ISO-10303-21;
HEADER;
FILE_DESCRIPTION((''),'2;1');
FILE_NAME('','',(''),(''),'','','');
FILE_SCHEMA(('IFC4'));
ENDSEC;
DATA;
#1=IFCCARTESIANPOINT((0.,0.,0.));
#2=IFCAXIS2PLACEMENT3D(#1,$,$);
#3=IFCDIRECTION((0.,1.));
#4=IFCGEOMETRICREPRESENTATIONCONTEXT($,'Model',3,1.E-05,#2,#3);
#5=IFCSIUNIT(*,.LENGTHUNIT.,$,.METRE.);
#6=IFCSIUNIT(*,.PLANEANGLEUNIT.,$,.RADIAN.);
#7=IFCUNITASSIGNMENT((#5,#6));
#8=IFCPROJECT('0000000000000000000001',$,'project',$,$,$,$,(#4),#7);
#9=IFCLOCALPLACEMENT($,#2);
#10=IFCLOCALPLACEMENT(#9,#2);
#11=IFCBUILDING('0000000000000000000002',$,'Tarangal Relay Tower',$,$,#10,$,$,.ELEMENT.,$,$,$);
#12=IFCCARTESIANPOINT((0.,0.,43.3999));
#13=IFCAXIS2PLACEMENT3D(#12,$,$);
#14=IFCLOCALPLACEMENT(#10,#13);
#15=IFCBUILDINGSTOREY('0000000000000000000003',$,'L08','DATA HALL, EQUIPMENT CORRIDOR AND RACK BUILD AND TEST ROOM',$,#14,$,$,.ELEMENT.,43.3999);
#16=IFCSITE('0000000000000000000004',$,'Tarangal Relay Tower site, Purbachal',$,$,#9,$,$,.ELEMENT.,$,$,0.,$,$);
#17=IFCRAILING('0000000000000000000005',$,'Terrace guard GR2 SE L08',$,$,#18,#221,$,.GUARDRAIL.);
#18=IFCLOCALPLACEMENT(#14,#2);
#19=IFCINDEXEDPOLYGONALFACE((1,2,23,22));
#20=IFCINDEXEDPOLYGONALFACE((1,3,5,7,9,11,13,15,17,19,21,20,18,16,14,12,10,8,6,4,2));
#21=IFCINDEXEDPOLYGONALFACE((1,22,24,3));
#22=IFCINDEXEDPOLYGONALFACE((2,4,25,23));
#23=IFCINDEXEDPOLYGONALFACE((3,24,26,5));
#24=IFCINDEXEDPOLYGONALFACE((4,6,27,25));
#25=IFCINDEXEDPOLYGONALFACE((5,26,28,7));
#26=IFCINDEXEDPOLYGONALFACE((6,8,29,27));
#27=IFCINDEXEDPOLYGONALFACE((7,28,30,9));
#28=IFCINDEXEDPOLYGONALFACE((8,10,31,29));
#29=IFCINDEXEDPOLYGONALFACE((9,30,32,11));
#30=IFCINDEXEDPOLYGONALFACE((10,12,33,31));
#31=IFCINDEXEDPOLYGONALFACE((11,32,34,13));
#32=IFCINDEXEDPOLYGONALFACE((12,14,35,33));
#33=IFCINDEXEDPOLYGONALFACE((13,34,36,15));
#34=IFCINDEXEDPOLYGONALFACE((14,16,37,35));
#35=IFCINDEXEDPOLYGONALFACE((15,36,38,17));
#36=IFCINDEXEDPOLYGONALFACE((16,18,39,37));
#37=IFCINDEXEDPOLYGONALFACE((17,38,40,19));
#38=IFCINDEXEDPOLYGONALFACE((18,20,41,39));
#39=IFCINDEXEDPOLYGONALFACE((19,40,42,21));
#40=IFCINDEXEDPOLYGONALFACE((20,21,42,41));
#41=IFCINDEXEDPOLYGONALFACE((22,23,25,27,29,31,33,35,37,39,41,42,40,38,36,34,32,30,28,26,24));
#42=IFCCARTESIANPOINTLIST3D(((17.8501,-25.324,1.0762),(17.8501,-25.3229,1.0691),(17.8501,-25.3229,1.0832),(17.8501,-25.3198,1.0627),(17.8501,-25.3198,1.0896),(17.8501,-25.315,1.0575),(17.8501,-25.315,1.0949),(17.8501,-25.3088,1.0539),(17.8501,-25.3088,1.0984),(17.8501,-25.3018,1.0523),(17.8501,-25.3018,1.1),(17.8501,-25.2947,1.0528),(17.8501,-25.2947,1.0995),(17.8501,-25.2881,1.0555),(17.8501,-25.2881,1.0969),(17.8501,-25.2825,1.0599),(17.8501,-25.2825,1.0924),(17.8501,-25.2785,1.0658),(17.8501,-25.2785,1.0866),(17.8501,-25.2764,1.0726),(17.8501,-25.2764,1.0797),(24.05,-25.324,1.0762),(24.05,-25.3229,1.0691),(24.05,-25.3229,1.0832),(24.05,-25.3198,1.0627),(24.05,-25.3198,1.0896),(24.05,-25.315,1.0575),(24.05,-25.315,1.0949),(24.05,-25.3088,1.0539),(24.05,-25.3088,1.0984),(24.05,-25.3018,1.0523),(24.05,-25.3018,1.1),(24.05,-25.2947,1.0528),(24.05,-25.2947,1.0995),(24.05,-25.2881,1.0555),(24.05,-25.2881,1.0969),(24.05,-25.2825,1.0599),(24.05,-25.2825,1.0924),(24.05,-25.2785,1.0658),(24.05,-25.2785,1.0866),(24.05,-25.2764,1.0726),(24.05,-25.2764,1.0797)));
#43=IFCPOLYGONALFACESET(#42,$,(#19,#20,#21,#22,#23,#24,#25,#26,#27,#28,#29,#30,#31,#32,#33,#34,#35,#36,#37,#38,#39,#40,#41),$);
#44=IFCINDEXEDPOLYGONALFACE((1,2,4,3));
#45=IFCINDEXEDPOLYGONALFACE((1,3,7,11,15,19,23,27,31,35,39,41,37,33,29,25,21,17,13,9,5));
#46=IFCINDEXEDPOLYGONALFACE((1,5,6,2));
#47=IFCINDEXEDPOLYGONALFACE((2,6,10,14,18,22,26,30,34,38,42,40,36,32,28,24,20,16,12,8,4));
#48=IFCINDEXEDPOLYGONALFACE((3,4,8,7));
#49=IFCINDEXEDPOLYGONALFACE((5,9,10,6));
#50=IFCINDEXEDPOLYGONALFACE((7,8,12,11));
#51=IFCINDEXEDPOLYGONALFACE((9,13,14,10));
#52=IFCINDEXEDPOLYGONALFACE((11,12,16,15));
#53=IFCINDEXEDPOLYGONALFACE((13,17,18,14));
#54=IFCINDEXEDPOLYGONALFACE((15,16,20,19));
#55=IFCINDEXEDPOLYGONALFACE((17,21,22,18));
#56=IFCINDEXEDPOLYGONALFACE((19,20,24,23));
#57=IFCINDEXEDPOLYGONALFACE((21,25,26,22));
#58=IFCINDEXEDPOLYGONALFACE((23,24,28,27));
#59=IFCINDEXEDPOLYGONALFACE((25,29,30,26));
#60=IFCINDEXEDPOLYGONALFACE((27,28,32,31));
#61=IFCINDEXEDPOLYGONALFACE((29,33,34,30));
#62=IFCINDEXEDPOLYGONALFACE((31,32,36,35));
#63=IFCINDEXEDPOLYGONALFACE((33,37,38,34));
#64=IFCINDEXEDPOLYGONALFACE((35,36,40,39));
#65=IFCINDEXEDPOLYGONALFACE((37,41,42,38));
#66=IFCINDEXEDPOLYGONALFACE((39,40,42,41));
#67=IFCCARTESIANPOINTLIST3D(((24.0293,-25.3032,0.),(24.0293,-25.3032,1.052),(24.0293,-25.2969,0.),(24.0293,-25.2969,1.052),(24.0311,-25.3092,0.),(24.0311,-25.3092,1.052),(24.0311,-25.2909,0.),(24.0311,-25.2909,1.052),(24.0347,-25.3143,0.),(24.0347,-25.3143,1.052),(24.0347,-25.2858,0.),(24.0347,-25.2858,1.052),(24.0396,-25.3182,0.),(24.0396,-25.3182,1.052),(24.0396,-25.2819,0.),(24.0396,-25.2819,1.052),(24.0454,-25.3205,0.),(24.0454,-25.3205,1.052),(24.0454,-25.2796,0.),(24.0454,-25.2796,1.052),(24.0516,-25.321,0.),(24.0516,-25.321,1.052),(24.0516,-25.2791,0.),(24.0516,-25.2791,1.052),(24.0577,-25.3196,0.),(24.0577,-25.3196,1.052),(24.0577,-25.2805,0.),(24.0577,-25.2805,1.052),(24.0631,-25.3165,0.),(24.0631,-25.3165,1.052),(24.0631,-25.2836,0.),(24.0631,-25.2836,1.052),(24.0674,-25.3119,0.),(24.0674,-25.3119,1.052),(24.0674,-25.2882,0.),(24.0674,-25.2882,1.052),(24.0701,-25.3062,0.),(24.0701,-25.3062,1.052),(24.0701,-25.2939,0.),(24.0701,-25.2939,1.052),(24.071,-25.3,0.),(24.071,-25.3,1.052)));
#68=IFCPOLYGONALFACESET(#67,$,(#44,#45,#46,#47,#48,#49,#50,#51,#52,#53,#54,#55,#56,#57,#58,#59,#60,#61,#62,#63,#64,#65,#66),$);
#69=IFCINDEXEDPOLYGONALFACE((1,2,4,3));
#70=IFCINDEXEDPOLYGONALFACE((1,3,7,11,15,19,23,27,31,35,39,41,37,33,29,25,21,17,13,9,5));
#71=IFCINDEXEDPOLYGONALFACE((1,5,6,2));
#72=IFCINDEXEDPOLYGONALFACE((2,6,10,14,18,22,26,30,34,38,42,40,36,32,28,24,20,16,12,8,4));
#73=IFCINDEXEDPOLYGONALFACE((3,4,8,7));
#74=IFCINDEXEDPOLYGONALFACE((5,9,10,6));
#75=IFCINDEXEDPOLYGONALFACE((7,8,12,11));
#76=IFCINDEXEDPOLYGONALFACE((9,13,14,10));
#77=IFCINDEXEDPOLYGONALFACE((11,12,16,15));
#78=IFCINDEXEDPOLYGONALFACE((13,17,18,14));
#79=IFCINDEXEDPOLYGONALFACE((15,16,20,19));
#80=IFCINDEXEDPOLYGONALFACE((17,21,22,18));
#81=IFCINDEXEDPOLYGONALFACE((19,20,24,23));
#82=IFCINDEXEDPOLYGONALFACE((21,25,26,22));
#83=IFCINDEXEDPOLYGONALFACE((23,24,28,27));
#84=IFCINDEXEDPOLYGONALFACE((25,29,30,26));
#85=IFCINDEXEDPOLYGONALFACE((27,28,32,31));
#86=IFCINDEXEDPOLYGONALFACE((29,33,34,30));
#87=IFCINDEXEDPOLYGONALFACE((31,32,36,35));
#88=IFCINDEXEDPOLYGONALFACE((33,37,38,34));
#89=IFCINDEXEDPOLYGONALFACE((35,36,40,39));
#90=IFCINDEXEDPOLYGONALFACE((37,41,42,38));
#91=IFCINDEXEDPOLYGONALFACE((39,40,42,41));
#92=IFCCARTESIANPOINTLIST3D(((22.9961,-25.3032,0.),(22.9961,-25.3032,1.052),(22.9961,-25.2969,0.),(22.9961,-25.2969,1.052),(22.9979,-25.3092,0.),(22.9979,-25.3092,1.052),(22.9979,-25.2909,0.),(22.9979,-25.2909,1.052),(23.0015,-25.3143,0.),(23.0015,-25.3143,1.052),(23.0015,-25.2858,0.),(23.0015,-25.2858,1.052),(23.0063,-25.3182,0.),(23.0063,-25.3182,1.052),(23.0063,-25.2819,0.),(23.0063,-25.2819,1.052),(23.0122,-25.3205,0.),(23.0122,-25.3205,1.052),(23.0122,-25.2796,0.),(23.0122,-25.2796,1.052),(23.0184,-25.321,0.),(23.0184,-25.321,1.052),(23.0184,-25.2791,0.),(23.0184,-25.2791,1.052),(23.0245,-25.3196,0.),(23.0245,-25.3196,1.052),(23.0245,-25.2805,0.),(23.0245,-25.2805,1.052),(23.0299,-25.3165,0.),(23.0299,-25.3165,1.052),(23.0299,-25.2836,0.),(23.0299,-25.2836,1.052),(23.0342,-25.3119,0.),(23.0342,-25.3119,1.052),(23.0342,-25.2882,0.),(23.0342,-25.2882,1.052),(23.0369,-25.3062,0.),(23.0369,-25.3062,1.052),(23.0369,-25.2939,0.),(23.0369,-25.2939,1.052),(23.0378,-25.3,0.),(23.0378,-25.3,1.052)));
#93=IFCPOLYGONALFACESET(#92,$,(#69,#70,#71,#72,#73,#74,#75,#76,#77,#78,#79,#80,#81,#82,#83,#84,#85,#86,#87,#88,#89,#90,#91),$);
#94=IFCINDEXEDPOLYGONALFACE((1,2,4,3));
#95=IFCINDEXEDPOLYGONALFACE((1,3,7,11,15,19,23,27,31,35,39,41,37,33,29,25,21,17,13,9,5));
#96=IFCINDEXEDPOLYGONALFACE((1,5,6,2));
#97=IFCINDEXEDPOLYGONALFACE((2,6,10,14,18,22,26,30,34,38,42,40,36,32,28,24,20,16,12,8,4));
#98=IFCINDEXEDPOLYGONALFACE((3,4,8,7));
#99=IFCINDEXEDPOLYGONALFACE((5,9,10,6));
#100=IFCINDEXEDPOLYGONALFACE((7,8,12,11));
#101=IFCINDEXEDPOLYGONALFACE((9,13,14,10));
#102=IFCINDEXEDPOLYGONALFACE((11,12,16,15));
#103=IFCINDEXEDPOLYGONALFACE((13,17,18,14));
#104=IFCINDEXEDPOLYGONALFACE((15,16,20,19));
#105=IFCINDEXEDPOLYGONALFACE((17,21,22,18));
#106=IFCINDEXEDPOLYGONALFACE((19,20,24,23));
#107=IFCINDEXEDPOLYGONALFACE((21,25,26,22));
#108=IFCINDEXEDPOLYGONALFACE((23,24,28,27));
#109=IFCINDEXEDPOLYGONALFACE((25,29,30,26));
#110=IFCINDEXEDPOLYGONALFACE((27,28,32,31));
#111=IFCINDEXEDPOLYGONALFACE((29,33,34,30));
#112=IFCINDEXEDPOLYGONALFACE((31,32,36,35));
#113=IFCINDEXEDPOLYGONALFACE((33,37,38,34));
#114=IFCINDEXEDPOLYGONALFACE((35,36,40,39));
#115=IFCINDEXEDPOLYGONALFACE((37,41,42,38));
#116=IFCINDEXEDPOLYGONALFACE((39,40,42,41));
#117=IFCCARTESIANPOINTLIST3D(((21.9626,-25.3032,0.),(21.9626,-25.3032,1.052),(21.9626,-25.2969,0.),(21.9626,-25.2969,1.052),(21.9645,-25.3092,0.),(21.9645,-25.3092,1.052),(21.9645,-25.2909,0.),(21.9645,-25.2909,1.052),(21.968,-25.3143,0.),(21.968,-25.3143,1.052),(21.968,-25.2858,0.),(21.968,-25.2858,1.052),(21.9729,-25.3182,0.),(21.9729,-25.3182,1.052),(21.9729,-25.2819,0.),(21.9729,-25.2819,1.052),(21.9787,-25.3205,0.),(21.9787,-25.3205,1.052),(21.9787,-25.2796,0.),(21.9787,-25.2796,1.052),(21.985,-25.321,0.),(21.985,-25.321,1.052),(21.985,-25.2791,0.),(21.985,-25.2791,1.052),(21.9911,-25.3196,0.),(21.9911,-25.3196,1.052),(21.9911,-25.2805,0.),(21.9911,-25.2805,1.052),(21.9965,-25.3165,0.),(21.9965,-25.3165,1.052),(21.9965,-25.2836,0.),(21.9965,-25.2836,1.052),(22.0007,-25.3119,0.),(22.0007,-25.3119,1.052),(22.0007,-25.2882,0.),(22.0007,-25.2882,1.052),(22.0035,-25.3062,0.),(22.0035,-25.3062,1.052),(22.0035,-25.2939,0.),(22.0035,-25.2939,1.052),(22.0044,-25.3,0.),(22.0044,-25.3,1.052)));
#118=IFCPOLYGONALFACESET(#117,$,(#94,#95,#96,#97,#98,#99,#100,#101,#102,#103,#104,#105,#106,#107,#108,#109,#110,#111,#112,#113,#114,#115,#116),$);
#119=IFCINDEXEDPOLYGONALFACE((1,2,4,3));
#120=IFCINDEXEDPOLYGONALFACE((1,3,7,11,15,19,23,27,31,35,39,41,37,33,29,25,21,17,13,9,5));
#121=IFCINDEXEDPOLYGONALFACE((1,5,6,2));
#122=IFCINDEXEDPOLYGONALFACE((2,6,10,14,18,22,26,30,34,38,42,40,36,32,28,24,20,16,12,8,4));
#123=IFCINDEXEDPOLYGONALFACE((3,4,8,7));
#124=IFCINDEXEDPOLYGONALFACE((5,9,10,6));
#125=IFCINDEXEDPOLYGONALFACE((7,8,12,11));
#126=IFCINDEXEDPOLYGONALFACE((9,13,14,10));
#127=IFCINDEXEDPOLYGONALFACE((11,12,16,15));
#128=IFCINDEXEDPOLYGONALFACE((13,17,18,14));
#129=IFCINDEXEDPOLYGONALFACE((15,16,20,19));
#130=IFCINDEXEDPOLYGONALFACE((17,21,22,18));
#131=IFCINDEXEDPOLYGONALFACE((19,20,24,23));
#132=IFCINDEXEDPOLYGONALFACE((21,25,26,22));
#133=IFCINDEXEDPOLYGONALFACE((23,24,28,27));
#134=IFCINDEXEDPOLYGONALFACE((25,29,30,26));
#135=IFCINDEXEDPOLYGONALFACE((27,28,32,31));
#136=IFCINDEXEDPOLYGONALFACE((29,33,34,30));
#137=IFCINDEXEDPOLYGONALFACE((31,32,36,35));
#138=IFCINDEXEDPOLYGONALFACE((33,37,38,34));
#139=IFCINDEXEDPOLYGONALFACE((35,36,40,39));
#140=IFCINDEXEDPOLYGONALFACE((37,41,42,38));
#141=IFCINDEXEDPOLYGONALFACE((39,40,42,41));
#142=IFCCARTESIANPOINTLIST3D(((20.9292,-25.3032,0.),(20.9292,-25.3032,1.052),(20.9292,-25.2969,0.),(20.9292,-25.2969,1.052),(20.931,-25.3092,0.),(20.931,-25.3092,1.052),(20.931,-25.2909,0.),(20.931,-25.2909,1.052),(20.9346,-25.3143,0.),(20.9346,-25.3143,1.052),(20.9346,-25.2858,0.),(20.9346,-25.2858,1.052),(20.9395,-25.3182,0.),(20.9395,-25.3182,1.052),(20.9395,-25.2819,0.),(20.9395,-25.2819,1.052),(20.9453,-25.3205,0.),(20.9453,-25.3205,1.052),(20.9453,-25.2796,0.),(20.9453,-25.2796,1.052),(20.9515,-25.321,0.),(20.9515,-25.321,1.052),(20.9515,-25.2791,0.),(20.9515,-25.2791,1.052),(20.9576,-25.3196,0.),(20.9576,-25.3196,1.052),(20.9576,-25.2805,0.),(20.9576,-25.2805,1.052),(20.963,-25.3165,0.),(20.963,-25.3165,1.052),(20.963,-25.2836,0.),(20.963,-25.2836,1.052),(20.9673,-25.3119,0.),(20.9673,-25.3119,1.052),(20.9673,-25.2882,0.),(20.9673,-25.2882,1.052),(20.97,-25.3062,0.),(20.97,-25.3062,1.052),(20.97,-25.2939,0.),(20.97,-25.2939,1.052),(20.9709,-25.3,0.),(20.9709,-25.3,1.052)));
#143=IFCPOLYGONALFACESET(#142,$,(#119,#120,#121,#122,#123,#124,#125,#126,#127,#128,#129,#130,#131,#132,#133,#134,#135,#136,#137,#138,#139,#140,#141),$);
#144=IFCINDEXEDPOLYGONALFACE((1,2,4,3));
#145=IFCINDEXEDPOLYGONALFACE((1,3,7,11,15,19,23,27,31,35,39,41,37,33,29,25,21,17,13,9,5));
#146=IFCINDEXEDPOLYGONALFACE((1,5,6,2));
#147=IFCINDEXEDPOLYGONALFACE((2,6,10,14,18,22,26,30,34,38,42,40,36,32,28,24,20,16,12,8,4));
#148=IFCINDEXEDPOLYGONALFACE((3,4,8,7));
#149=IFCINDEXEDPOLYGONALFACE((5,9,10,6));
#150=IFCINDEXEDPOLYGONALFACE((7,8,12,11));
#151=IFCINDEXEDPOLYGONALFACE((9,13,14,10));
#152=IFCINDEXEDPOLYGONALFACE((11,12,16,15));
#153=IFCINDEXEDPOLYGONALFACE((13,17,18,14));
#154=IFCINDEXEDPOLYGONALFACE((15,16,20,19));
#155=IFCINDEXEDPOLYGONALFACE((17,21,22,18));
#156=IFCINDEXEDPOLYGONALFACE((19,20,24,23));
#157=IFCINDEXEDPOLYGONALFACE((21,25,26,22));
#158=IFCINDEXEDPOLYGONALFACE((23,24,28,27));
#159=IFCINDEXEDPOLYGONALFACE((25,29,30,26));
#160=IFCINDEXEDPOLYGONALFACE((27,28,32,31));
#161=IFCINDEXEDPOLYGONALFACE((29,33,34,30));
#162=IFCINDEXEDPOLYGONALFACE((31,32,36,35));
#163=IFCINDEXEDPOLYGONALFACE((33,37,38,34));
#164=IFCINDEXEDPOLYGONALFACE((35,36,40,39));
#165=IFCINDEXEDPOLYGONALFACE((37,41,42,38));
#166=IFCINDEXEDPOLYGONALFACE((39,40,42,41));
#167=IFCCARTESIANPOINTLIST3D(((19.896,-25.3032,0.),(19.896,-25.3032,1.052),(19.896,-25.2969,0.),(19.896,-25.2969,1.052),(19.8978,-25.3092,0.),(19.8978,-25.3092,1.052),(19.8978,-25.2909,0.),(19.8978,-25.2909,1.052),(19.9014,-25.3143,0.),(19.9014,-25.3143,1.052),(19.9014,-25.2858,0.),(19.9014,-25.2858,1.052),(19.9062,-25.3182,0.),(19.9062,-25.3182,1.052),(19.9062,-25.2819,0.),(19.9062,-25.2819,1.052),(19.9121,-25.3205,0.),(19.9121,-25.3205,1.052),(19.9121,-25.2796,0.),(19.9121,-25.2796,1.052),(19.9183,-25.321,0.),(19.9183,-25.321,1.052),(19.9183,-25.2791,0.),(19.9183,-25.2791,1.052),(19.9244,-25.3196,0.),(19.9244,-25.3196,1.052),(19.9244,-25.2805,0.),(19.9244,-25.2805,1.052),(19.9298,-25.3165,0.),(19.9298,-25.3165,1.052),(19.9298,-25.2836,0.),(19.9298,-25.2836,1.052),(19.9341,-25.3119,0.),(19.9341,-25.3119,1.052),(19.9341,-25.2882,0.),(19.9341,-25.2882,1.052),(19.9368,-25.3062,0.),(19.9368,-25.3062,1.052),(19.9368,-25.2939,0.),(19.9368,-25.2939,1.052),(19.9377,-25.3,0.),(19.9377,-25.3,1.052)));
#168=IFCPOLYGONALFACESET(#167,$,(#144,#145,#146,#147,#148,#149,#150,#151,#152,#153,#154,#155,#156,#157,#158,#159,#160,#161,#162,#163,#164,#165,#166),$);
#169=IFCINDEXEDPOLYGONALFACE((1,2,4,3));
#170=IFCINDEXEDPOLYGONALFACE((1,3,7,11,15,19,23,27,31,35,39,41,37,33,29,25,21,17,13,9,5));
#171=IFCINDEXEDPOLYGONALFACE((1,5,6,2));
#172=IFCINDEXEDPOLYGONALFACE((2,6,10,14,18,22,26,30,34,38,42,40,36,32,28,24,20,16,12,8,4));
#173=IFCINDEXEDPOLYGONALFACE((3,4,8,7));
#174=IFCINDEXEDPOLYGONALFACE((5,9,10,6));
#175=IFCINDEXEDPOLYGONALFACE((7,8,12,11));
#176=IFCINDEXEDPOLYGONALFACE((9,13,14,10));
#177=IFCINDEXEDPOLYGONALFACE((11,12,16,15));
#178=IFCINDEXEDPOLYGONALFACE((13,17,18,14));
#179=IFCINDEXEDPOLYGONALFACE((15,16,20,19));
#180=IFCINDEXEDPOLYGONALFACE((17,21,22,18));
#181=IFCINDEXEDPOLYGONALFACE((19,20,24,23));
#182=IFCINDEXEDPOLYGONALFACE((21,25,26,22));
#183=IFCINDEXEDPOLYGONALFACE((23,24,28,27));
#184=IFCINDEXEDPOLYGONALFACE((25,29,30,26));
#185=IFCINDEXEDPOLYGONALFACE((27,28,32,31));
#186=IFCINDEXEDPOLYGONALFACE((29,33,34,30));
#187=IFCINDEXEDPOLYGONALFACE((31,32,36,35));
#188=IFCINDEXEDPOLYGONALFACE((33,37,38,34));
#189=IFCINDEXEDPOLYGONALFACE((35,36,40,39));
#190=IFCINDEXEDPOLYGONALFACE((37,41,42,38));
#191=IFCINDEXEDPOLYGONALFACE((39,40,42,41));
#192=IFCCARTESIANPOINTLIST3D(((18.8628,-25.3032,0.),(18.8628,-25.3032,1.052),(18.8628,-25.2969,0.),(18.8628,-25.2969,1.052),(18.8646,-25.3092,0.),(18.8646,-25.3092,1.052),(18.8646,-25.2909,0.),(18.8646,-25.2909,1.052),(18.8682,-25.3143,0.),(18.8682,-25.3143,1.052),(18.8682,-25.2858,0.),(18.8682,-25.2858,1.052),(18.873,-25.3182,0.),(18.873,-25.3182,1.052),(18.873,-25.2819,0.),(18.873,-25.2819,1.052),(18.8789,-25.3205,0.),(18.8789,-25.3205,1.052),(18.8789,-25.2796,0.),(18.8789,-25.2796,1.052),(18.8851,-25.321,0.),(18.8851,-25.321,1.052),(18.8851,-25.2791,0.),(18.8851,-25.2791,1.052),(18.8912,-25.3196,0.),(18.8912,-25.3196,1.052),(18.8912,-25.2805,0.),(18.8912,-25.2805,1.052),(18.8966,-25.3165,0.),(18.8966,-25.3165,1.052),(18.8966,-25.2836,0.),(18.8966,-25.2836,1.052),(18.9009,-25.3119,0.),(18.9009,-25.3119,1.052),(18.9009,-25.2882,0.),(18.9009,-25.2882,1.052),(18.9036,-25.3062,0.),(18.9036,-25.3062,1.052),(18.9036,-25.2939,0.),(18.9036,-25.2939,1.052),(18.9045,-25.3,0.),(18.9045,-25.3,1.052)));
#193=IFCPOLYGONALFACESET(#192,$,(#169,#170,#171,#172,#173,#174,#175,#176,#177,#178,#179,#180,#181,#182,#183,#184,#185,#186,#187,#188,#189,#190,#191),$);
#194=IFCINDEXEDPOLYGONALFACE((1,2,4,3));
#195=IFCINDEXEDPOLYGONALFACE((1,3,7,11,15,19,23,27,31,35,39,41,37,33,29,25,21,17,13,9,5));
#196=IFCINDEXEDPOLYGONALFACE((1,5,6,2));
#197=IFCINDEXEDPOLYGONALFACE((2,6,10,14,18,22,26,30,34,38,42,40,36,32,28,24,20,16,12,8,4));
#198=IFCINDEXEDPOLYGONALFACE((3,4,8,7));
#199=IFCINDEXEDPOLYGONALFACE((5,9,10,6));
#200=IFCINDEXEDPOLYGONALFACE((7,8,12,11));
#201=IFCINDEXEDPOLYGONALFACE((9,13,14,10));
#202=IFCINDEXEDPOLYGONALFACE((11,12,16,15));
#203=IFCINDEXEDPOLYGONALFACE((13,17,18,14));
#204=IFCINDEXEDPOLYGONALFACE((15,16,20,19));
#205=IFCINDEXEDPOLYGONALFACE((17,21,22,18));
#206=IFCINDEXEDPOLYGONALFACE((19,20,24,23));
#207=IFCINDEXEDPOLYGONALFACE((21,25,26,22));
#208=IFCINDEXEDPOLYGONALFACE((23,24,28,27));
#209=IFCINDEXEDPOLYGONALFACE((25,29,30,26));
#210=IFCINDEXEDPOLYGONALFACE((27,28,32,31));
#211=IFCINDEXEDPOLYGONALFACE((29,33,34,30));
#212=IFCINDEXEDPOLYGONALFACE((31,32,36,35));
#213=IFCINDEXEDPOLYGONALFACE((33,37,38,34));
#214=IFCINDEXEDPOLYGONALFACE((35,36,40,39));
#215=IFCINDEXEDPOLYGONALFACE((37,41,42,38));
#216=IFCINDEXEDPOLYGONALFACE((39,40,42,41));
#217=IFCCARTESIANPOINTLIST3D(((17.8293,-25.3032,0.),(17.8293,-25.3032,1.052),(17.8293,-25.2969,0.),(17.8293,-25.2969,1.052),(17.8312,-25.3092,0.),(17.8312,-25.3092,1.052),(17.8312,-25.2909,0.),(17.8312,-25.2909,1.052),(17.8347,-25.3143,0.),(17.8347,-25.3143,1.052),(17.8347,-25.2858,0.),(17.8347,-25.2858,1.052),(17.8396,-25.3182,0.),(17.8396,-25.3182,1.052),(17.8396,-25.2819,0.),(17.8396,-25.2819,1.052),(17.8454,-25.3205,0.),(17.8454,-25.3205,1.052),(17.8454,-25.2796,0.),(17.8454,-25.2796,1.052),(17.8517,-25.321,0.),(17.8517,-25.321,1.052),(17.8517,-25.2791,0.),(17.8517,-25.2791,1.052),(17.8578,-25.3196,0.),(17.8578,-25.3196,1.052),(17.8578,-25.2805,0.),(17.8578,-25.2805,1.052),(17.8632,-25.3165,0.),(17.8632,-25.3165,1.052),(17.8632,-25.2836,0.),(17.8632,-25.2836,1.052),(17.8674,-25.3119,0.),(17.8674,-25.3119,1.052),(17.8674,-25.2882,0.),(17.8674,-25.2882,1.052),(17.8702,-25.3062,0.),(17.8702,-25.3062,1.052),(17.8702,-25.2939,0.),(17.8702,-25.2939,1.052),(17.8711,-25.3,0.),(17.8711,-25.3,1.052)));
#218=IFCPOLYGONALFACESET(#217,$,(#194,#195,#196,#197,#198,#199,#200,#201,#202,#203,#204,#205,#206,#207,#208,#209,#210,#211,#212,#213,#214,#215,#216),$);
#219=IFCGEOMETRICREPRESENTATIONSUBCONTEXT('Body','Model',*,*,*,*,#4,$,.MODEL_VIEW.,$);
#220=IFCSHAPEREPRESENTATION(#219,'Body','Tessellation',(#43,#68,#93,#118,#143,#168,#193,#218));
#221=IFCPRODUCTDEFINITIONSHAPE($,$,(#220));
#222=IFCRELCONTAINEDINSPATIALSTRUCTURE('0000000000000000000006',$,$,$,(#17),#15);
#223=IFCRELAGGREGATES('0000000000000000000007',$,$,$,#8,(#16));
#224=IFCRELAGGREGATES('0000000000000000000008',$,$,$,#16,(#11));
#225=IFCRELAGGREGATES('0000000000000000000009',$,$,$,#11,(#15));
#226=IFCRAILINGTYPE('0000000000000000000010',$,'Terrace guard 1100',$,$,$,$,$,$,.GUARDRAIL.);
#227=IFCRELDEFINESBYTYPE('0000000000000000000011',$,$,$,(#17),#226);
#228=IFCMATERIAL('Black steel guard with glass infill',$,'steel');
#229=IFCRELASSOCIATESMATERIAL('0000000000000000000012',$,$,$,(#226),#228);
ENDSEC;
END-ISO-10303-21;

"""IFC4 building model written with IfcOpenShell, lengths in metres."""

from ifc_helpers import new_model, si_unit, direction, frame, origin, origin_2d, place, context, subcontext, project, spatial, circle, extrude, material, type_object, element, save


model = new_model("IFC4")

# Units and contexts
model_context = context("Model", 3, precision=1e-05, world=origin(), true_north=direction((0.0, 1.0)))
body_context = subcontext(model_context, "Body", "Model", "MODEL_VIEW")
ifc_project = project(units=[si_unit("LENGTHUNIT", "METRE"), si_unit("PLANEANGLEUNIT", "RADIAN")], contexts=[model_context])

# Site, building, storey
site_placement = place(None, origin())
site = spatial("IfcSite", under=ifc_project, at=site_placement, Name="Tarangal Relay Tower site, Purbachal", CompositionType="ELEMENT", RefElevation=0.0)
building_placement = place(site_placement, origin())
building = spatial("IfcBuilding", under=site, at=building_placement, Name="Tarangal Relay Tower", CompositionType="ELEMENT")
storey_placement = place(building_placement, frame((0.0, 0.0, 43.3999)))
storey = spatial("IfcBuildingStorey", under=building, at=storey_placement, Name="L08", Description="DATA HALL, EQUIPMENT CORRIDOR AND RACK BUILD AND TEST ROOM", CompositionType="ELEMENT", Elevation=43.3999)

# Railing
ifc_material_1 = material(Name="Black steel guard with glass infill", Category="steel")
railing_type = type_object("IfcRailingType", Name="Terrace guard 1100", PredefinedType="GUARDRAIL", material=ifc_material_1)
railing_1_placement = place(storey_placement, frame((24.05, -25.3, 0.0)))
element("IfcRailing", 1, at=railing_1_placement, inside=storey, type_object=railing_type, Name="Terrace guard GR2 SE L08", PredefinedType="GUARDRAIL", context=body_context, shape_type="SweptSolid", body=[
    extrude(circle(Radius=0.0239, at=origin_2d()), frame((0.0, 0.0, 1.0762), z_axis=(-1.0, 0.0, 0.0), x_axis=(0.0, -1.0, 0.0)), (0.0, 0.0, 1.0), 6.2),
    extrude(circle(Radius=0.021, at=origin_2d()), origin(), (0.0, 0.0, 1.0), 1.052),
    extrude(circle(Radius=0.021, at=origin_2d()), frame((-1.0332, 0.0, 0.0)), (0.0, 0.0, 1.0), 1.052),
    extrude(circle(Radius=0.021, at=origin_2d()), frame((-2.0667, 0.0, 0.0)), (0.0, 0.0, 1.0), 1.052),
    extrude(circle(Radius=0.021, at=origin_2d()), frame((-3.1001, 0.0, 0.0)), (0.0, 0.0, 1.0), 1.052),
    extrude(circle(Radius=0.021, at=origin_2d()), frame((-4.1333, 0.0, 0.0)), (0.0, 0.0, 1.0), 1.052),
    extrude(circle(Radius=0.021, at=origin_2d()), frame((-5.1665, 0.0, 0.0)), (0.0, 0.0, 1.0), 1.052),
    extrude(circle(Radius=0.021, at=origin_2d()), frame((-6.2, 0.0, 0.0)), (0.0, 0.0, 1.0), 1.052),
])

save(model, "model.ifc")
